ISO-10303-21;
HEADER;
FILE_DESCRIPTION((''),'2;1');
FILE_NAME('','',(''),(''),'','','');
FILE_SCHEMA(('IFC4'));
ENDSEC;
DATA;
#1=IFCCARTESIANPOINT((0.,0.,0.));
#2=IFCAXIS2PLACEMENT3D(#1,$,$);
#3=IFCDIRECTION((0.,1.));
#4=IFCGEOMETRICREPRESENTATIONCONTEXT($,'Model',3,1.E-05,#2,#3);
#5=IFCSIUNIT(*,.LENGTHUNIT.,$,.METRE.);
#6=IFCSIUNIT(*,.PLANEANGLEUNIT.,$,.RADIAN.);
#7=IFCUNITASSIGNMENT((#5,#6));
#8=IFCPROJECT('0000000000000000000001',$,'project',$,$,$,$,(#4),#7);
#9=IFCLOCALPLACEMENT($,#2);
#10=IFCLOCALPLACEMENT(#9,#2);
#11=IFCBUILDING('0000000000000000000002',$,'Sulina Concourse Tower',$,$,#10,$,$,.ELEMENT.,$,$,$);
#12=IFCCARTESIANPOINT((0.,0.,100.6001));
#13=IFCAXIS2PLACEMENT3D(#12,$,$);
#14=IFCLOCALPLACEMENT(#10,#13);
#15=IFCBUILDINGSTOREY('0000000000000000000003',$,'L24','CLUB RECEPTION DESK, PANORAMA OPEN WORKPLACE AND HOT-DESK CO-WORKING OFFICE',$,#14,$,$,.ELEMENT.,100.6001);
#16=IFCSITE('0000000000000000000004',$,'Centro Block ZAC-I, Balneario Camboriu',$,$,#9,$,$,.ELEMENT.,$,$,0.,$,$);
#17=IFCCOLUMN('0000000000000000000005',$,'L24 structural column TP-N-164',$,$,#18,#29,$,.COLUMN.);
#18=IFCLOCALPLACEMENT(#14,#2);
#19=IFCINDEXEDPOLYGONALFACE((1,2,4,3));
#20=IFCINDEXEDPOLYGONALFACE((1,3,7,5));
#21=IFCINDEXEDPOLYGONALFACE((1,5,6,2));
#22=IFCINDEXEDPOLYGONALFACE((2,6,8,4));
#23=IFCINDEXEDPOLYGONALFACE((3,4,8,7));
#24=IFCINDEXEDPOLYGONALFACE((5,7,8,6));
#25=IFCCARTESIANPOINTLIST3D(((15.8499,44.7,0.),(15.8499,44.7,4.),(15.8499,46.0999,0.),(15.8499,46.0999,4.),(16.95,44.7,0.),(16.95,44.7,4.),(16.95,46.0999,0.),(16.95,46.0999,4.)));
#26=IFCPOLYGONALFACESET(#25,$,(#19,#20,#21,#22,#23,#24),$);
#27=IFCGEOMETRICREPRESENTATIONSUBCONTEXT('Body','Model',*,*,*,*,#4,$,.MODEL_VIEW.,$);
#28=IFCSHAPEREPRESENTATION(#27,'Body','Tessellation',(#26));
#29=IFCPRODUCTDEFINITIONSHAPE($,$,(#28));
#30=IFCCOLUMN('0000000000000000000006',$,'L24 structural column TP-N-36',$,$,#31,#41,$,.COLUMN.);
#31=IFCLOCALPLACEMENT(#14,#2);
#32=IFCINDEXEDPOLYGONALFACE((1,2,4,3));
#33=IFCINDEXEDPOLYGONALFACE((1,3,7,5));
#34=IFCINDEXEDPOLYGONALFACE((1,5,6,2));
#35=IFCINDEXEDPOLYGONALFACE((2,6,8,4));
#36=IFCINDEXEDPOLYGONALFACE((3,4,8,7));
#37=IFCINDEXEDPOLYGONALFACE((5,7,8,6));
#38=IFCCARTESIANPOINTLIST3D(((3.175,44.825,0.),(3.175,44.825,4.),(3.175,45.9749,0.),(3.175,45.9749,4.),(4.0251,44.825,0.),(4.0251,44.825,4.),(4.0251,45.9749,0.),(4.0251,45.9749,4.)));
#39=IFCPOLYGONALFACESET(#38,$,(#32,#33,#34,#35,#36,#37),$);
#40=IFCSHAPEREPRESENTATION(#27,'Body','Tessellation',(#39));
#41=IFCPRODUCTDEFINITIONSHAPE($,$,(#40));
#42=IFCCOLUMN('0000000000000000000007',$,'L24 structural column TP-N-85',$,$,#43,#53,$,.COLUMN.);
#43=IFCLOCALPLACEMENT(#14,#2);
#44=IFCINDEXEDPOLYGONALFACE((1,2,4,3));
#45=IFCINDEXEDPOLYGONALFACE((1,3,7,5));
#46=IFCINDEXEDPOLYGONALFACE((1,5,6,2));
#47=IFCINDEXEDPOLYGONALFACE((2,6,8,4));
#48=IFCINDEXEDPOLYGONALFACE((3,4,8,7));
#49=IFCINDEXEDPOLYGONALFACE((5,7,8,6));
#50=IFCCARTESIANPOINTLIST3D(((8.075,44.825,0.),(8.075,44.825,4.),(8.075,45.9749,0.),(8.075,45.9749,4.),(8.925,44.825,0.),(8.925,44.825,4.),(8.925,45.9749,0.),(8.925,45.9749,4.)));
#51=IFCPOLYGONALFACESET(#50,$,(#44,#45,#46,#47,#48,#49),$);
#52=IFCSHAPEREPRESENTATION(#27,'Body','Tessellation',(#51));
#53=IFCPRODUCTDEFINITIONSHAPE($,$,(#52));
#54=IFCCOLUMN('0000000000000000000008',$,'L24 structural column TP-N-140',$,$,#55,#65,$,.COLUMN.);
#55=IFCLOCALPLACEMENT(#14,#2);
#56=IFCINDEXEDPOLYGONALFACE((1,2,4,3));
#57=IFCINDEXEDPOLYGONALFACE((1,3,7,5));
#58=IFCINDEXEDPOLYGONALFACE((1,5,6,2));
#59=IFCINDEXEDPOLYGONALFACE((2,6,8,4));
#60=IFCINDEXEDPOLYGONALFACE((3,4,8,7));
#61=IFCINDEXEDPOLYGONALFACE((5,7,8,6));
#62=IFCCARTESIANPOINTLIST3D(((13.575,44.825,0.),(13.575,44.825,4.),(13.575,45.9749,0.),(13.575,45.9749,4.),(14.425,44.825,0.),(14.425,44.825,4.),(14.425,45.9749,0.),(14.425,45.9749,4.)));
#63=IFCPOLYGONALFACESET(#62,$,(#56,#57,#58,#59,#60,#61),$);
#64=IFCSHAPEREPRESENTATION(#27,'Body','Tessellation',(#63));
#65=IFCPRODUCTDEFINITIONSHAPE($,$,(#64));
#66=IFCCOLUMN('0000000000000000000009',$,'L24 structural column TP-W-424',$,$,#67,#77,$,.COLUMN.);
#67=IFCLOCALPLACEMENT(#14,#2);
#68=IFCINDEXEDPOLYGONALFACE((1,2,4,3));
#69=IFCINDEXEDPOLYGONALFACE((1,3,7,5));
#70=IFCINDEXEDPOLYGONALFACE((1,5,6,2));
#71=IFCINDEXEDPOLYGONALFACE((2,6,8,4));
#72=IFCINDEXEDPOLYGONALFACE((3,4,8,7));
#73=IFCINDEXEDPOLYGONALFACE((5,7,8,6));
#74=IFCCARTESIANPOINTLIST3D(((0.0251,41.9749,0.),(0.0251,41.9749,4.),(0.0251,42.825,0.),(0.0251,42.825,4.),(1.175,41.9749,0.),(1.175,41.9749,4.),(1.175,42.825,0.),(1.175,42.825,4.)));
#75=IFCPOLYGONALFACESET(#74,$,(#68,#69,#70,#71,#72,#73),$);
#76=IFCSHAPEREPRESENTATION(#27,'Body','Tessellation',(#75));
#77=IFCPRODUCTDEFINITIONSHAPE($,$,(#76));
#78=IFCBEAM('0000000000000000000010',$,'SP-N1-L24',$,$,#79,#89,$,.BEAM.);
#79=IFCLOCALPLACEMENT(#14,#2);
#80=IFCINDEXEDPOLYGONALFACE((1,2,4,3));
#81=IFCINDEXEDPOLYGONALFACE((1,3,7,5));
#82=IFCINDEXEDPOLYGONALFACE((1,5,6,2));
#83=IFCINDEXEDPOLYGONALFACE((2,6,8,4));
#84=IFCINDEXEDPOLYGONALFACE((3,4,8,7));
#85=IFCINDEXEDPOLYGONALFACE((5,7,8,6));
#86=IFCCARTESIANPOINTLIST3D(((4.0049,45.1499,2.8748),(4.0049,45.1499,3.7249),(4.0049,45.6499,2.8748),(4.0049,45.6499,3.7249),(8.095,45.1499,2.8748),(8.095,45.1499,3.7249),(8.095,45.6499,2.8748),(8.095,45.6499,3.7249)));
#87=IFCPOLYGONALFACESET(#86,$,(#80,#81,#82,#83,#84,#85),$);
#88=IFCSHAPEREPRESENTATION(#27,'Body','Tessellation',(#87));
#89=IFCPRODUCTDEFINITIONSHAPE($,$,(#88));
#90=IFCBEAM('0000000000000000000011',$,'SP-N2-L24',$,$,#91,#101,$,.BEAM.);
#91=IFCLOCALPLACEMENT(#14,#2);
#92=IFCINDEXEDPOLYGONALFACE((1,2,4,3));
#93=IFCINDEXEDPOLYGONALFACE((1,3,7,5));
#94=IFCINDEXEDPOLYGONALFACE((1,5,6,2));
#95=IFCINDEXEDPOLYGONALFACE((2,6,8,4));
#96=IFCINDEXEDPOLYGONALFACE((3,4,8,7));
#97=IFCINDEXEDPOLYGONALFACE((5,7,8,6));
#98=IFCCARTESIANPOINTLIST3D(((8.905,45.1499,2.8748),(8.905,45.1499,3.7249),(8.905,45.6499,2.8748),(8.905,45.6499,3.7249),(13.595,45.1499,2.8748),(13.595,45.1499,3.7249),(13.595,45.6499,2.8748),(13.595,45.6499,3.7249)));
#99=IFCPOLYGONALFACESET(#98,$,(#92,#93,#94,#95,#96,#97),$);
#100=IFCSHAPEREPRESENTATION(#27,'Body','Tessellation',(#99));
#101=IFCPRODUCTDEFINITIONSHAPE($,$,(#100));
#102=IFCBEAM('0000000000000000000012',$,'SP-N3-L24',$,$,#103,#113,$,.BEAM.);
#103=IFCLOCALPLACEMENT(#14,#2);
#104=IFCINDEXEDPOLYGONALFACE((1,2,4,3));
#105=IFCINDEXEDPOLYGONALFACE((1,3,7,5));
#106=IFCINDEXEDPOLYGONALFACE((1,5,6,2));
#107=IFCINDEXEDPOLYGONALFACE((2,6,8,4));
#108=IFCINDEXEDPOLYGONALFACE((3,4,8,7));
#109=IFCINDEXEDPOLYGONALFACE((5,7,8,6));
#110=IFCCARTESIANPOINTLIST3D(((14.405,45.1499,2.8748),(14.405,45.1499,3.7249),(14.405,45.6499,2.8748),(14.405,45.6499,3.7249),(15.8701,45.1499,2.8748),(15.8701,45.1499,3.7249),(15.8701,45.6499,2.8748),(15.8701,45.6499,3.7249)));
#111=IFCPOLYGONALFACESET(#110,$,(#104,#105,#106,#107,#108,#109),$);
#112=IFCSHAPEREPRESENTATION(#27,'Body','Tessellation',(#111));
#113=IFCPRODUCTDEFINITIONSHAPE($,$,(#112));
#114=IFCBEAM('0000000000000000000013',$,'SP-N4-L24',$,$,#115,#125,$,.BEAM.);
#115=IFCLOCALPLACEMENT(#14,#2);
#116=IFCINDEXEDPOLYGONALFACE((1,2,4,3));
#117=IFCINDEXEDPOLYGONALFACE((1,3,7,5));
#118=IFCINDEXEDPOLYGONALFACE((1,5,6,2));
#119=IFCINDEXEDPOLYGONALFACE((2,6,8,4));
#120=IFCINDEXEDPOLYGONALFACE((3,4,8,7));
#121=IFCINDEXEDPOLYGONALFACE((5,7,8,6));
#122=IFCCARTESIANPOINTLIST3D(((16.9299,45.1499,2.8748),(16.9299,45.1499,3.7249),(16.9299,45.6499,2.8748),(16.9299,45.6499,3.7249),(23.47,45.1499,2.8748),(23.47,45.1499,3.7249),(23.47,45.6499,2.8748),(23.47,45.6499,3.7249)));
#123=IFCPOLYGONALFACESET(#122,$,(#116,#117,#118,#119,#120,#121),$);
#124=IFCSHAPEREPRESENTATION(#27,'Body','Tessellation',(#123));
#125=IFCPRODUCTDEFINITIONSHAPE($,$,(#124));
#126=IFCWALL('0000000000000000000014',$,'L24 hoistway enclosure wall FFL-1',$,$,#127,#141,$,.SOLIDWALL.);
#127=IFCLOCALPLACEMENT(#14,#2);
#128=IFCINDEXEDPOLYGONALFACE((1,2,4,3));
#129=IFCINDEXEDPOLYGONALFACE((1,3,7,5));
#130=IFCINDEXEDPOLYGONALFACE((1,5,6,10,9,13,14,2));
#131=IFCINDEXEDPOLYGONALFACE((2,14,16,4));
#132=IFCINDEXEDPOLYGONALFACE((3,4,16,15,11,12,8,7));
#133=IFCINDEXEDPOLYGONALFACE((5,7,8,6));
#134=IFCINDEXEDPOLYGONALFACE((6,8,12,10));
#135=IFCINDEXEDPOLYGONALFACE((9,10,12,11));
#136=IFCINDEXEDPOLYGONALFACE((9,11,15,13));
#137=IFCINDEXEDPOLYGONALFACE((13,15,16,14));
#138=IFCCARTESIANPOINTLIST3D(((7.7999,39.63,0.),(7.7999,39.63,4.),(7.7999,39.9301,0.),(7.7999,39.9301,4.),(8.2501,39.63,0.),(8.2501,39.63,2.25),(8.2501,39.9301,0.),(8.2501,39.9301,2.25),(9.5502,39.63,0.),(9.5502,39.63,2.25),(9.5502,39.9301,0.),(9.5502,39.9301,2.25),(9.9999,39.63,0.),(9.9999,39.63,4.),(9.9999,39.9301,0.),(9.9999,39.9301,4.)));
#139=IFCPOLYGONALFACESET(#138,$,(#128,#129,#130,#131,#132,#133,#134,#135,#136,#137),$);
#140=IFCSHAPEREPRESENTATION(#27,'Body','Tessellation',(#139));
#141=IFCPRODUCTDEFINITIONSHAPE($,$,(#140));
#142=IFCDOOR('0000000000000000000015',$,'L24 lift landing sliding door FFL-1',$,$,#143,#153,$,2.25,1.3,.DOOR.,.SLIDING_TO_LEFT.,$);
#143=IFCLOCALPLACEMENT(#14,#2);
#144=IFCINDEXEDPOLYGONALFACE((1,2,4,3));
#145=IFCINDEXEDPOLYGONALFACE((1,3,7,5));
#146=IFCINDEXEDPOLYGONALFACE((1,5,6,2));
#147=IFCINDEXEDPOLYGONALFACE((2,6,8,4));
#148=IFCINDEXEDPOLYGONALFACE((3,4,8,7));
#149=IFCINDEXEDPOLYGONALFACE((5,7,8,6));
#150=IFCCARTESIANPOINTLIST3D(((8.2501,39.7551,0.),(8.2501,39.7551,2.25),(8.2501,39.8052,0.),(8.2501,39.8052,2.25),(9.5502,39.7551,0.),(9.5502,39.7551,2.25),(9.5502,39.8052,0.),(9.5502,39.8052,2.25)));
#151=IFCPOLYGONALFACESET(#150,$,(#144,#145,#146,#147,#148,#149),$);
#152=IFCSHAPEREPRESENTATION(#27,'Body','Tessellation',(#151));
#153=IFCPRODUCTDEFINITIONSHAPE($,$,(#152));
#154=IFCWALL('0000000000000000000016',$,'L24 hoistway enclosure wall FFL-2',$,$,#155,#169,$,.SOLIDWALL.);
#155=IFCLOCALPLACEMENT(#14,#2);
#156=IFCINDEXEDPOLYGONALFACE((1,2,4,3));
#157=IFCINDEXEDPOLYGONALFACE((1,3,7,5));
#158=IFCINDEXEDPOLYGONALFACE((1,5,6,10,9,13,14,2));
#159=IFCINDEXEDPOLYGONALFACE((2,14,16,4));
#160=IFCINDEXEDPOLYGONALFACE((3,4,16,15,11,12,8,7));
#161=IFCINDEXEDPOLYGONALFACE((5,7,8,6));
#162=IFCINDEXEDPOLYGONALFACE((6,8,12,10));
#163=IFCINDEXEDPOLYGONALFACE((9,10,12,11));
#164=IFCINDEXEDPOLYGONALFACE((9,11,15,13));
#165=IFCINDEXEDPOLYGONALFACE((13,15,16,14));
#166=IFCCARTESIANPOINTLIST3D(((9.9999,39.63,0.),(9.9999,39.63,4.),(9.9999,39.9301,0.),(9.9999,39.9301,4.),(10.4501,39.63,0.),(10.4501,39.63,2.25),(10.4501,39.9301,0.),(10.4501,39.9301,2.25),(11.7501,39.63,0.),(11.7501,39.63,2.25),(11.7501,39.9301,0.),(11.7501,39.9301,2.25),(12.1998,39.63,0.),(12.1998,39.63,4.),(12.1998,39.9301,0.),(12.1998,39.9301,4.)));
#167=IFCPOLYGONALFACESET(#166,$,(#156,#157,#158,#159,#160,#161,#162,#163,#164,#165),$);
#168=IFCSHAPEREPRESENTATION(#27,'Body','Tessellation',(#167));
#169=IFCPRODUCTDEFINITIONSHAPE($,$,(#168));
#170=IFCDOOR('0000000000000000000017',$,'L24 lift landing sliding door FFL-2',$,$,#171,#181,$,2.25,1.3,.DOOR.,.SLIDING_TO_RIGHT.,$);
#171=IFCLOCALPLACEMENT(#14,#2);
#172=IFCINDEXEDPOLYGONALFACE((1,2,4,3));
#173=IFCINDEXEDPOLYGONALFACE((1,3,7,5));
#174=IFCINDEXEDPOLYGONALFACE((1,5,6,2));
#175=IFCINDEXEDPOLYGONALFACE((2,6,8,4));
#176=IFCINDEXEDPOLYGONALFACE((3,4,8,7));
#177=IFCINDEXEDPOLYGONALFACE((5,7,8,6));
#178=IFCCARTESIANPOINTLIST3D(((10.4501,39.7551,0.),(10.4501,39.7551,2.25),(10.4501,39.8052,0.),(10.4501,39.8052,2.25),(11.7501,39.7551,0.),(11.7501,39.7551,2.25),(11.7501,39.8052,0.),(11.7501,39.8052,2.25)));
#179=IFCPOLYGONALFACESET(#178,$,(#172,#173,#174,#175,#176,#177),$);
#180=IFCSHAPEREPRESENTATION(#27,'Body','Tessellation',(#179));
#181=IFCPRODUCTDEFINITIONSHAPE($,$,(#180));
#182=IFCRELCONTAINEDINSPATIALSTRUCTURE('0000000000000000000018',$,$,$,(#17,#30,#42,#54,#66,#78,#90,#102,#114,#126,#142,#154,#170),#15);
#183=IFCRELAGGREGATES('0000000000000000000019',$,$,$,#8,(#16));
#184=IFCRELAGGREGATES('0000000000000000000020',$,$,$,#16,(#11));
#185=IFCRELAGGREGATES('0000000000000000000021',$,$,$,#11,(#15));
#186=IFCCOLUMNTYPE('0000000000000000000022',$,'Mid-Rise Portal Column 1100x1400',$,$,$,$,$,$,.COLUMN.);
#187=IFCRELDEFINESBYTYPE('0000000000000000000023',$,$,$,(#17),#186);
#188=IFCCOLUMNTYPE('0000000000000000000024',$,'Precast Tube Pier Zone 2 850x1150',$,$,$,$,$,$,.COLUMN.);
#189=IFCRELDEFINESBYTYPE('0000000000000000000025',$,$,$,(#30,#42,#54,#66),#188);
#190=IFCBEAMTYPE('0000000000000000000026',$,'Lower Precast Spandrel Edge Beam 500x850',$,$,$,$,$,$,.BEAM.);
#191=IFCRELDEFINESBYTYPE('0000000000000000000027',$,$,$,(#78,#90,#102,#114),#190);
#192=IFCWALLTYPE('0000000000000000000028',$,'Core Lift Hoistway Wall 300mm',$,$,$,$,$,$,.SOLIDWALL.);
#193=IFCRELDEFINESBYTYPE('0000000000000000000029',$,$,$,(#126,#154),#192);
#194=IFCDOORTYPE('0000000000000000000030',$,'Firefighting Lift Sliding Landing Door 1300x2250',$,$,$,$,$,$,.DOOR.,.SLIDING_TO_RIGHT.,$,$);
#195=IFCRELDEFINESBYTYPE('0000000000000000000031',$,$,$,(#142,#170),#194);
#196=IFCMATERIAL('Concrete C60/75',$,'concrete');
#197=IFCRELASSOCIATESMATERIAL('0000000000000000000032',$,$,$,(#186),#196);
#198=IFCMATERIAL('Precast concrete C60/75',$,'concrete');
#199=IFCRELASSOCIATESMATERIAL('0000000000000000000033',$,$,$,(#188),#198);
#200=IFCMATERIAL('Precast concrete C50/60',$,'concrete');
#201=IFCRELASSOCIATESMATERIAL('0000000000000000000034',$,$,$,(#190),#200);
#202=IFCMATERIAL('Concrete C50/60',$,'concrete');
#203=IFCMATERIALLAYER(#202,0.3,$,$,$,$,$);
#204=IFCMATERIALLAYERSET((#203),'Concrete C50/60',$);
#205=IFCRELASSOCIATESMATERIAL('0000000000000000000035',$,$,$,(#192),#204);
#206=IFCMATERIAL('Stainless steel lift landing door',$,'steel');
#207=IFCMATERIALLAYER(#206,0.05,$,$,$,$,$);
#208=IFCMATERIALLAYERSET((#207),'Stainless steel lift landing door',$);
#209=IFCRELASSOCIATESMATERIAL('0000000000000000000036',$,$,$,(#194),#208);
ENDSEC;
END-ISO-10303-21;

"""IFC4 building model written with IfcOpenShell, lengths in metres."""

from ifc_helpers import new_model, si_unit, direction, frame, frame_2d, origin, origin_2d, place, context, subcontext, project, spatial, rectangle, extrude, material, layer, layer_set, material_profile, profile_set, type_object, element, fill, save


model = new_model("IFC4")

# Units and contexts
model_context = context("Model", 3, precision=1e-05, world=origin(), true_north=direction((0.0, 1.0)))
body_context = subcontext(model_context, "Body", "Model", "MODEL_VIEW")
ifc_project = project(units=[si_unit("LENGTHUNIT", "METRE"), si_unit("PLANEANGLEUNIT", "RADIAN")], contexts=[model_context])

# Site, building, storey
site_placement = place(None, origin())
site = spatial("IfcSite", under=ifc_project, at=site_placement, Name="Centro Block ZAC-I, Balneario Camboriu", CompositionType="ELEMENT", RefElevation=0.0)
building_placement = place(site_placement, origin())
building = spatial("IfcBuilding", under=site, at=building_placement, Name="Sulina Concourse Tower", CompositionType="ELEMENT")
storey_placement = place(building_placement, frame((0.0, 0.0, 100.6001)))
storey = spatial("IfcBuildingStorey", under=building, at=storey_placement, Name="L24", Description="CLUB RECEPTION DESK, PANORAMA OPEN WORKPLACE AND HOT-DESK CO-WORKING OFFICE", CompositionType="ELEMENT", Elevation=100.6001)

# Columns
ifc_material_1 = material(Name="Concrete C60/75", Category="concrete")
ifc_material_profile_1 = material_profile(ifc_material_1, rectangle(XDim=1.1001, YDim=1.3999, at=origin_2d()), Name="RC 1100x1400")
ifc_profile_set_1 = profile_set([ifc_material_profile_1], Name="Concrete C60/75")
column_type_1 = type_object("IfcColumnType", Name="Mid-Rise Portal Column 1100x1400", PredefinedType="COLUMN", material=ifc_profile_set_1)
column_placement = place(storey_placement, frame((16.3999, 45.3999, 0.0), z_axis=(0.0, 0.0, 1.0), x_axis=(1.0, 0.0, 0.0)))
element("IfcColumn", 1, at=column_placement, inside=storey, type_object=column_type_1, Name="L24 structural column TP-N-164", PredefinedType="COLUMN", context=body_context, shape_type="SweptSolid", body=[
    extrude(rectangle(XDim=1.1001, YDim=1.3999, at=origin_2d()), origin(), (0.0, 0.0, 1.0), 4.0),
])
ifc_material_2 = material(Name="Precast concrete C60/75", Category="concrete")
ifc_material_profile_2 = material_profile(ifc_material_2, rectangle(XDim=0.8501, YDim=1.1499, at=origin_2d()), Name="PC 850x1150")
ifc_profile_set_2 = profile_set([ifc_material_profile_2], Name="Precast concrete C60/75")
column_type_2 = type_object("IfcColumnType", Name="Precast Tube Pier Zone 2 850x1150", PredefinedType="COLUMN", material=ifc_profile_set_2)
for number, where, z_axis, x_axis, name in (
    (2, (3.6001, 45.3999, 0.0), (0.0, 0.0, 1.0), (1.0, 0.0, 0.0), "L24 structural column TP-N-36"),
    (3, (8.5, 45.3999, 0.0), (0.0, 0.0, 1.0), (1.0, 0.0, 0.0), "L24 structural column TP-N-85"),
    (4, (14.0, 45.3999, 0.0), (0.0, 0.0, 1.0), (1.0, 0.0, 0.0), "L24 structural column TP-N-140"),
    (5, (0.6001, 42.3999, 0.0), (0.0, 0.0, 1.0), (0.0, 1.0, 0.0), "L24 structural column TP-W-424"),
):
    element("IfcColumn", number, at=place(storey_placement, frame(where, z_axis=z_axis, x_axis=x_axis)), inside=storey, type_object=column_type_2, Name=name, PredefinedType="COLUMN", context=body_context, shape_type="SweptSolid", body=[
        extrude(rectangle(XDim=0.8501, YDim=1.1499, at=origin_2d()), origin(), (0.0, 0.0, 1.0), 4.0),
    ])

# Beams
ifc_material_3 = material(Name="Precast concrete C50/60", Category="concrete")
ifc_material_profile_3 = material_profile(ifc_material_3, rectangle(XDim=0.5, YDim=0.8501, at=origin_2d()), Name="RC 500x850")
ifc_profile_set_3 = profile_set([ifc_material_profile_3], Name="Precast concrete C50/60")
beam_type = type_object("IfcBeamType", Name="Lower Precast Spandrel Edge Beam 500x850", PredefinedType="BEAM", material=ifc_profile_set_3)
beam_1_placement = place(storey_placement, frame((4.0049, 45.3999, 3.2998), z_axis=(1.0, 0.0, 0.0), x_axis=(0.0, 1.0, 0.0)))
element("IfcBeam", 6, at=beam_1_placement, inside=storey, type_object=beam_type, Name="SP-N1-L24", PredefinedType="BEAM", context=body_context, shape_type="SweptSolid", body=[
    extrude(rectangle(XDim=0.5, YDim=0.8501, at=origin_2d()), origin(), (0.0, 0.0, 1.0), 4.0901),
])
beam_2_placement = place(storey_placement, frame((8.905, 45.3999, 3.2998), z_axis=(1.0, 0.0, 0.0), x_axis=(0.0, 1.0, 0.0)))
element("IfcBeam", 7, at=beam_2_placement, inside=storey, type_object=beam_type, Name="SP-N2-L24", PredefinedType="BEAM", context=body_context, shape_type="SweptSolid", body=[
    extrude(rectangle(XDim=0.5, YDim=0.8501, at=origin_2d()), origin(), (0.0, 0.0, 1.0), 4.6899),
])
beam_3_placement = place(storey_placement, frame((14.405, 45.3999, 3.2998), z_axis=(1.0, 0.0, 0.0), x_axis=(0.0, 1.0, 0.0)))
element("IfcBeam", 8, at=beam_3_placement, inside=storey, type_object=beam_type, Name="SP-N3-L24", PredefinedType="BEAM", context=body_context, shape_type="SweptSolid", body=[
    extrude(rectangle(XDim=0.5, YDim=0.8501, at=origin_2d()), origin(), (0.0, 0.0, 1.0), 1.4651),
])
beam_4_placement = place(storey_placement, frame((16.9299, 45.3999, 3.2998), z_axis=(1.0, 0.0, 0.0), x_axis=(0.0, 1.0, 0.0)))
element("IfcBeam", 9, at=beam_4_placement, inside=storey, type_object=beam_type, Name="SP-N4-L24", PredefinedType="BEAM", context=body_context, shape_type="SweptSolid", body=[
    extrude(rectangle(XDim=0.5, YDim=0.8501, at=origin_2d()), origin(), (0.0, 0.0, 1.0), 6.54),
])

# Walls, openings, doors
ifc_material_4 = material(Name="Concrete C50/60", Category="concrete")
ifc_layer_1 = layer(ifc_material_4, 0.3)
ifc_layer_set_1 = layer_set([ifc_layer_1], Name="Concrete C50/60")
wall_type_1 = type_object("IfcWallType", Name="Core Lift Hoistway Wall 300mm", PredefinedType="SOLIDWALL", material=ifc_layer_set_1)
wall_1_placement = place(storey_placement, frame((10.0, 39.78, 0.0), z_axis=(0.0, 0.0, 1.0), x_axis=(-1.0, 0.0, 0.0)))
wall_1 = element("IfcWall", 10, at=wall_1_placement, inside=storey, type_object=wall_type_1, Name="L24 hoistway enclosure wall FFL-1", PredefinedType="SOLIDWALL", context=body_context, shape_type="SweptSolid", body=[
    extrude(rectangle(XDim=2.2, YDim=0.3, at=frame_2d((1.1001, 0.0))), origin(), (0.0, 0.0, 1.0), 4.0),
])
opening_1_placement = place(wall_1_placement, frame((0.45, 0.0, 0.0)))
opening_1 = element("IfcOpeningElement", 11, at=opening_1_placement, cuts=wall_1, PredefinedType="OPENING", context=body_context, shape_type="SweptSolid", body=[
    extrude(rectangle(XDim=1.3, YDim=2.25, at=frame_2d((0.6499, 1.125))), frame((0.0, 0.1599, 0.0), z_axis=(0.0, -1.0, 0.0), x_axis=(1.0, 0.0, 0.0)), (0.0, 0.0, 1.0), 0.3201),
])
ifc_material_5 = material(Name="Stainless steel lift landing door", Category="steel")
ifc_layer_2 = layer(ifc_material_5, 0.05)
ifc_layer_set_2 = layer_set([ifc_layer_2], Name="Stainless steel lift landing door")
door_type_1 = type_object("IfcDoorType", Name="Firefighting Lift Sliding Landing Door 1300x2250", OperationType="SLIDING_TO_RIGHT", PredefinedType="DOOR", material=ifc_layer_set_2)
door_1_placement = place(opening_1_placement, origin())
door_1 = element("IfcDoor", 12, at=door_1_placement, inside=storey, type_object=door_type_1, Name="L24 lift landing sliding door FFL-1", OperationType="SLIDING_TO_LEFT", OverallHeight=2.25, OverallWidth=1.3, PredefinedType="DOOR", context=body_context, shape_type="SweptSolid", body=[
    extrude(rectangle(XDim=1.3, YDim=2.25, at=frame_2d((0.6499, 1.125))), frame((0.0, 0.0249, 0.0), z_axis=(0.0, -1.0, 0.0), x_axis=(1.0, 0.0, 0.0)), (0.0, 0.0, 1.0), 0.05),
])
fill(opening_1, door_1)
wall_2_placement = place(storey_placement, frame((12.2, 39.78, 0.0), z_axis=(0.0, 0.0, 1.0), x_axis=(-1.0, 0.0, 0.0)))
wall_2 = element("IfcWall", 13, at=wall_2_placement, inside=storey, type_object=wall_type_1, Name="L24 hoistway enclosure wall FFL-2", PredefinedType="SOLIDWALL", context=body_context, shape_type="SweptSolid", body=[
    extrude(rectangle(XDim=2.2, YDim=0.3, at=frame_2d((1.1001, 0.0))), origin(), (0.0, 0.0, 1.0), 4.0),
])
opening_2_placement = place(wall_2_placement, frame((0.45, 0.0, 0.0)))
opening_2 = element("IfcOpeningElement", 14, at=opening_2_placement, cuts=wall_2, PredefinedType="OPENING", context=body_context, shape_type="SweptSolid", body=[
    extrude(rectangle(XDim=1.3, YDim=2.25, at=frame_2d((0.6499, 1.125))), frame((0.0, 0.1599, 0.0), z_axis=(0.0, -1.0, 0.0), x_axis=(1.0, 0.0, 0.0)), (0.0, 0.0, 1.0), 0.3201),
])
door_2_placement = place(opening_2_placement, origin())
door_2 = element("IfcDoor", 15, at=door_2_placement, inside=storey, type_object=door_type_1, Name="L24 lift landing sliding door FFL-2", OperationType="SLIDING_TO_RIGHT", OverallHeight=2.25, OverallWidth=1.3, PredefinedType="DOOR", context=body_context, shape_type="SweptSolid", body=[
    extrude(rectangle(XDim=1.3, YDim=2.25, at=frame_2d((0.6499, 1.125))), frame((0.0, 0.0249, 0.0), z_axis=(0.0, -1.0, 0.0), x_axis=(1.0, 0.0, 0.0)), (0.0, 0.0, 1.0), 0.05),
])
fill(opening_2, door_2)

save(model, "model.ifc")
